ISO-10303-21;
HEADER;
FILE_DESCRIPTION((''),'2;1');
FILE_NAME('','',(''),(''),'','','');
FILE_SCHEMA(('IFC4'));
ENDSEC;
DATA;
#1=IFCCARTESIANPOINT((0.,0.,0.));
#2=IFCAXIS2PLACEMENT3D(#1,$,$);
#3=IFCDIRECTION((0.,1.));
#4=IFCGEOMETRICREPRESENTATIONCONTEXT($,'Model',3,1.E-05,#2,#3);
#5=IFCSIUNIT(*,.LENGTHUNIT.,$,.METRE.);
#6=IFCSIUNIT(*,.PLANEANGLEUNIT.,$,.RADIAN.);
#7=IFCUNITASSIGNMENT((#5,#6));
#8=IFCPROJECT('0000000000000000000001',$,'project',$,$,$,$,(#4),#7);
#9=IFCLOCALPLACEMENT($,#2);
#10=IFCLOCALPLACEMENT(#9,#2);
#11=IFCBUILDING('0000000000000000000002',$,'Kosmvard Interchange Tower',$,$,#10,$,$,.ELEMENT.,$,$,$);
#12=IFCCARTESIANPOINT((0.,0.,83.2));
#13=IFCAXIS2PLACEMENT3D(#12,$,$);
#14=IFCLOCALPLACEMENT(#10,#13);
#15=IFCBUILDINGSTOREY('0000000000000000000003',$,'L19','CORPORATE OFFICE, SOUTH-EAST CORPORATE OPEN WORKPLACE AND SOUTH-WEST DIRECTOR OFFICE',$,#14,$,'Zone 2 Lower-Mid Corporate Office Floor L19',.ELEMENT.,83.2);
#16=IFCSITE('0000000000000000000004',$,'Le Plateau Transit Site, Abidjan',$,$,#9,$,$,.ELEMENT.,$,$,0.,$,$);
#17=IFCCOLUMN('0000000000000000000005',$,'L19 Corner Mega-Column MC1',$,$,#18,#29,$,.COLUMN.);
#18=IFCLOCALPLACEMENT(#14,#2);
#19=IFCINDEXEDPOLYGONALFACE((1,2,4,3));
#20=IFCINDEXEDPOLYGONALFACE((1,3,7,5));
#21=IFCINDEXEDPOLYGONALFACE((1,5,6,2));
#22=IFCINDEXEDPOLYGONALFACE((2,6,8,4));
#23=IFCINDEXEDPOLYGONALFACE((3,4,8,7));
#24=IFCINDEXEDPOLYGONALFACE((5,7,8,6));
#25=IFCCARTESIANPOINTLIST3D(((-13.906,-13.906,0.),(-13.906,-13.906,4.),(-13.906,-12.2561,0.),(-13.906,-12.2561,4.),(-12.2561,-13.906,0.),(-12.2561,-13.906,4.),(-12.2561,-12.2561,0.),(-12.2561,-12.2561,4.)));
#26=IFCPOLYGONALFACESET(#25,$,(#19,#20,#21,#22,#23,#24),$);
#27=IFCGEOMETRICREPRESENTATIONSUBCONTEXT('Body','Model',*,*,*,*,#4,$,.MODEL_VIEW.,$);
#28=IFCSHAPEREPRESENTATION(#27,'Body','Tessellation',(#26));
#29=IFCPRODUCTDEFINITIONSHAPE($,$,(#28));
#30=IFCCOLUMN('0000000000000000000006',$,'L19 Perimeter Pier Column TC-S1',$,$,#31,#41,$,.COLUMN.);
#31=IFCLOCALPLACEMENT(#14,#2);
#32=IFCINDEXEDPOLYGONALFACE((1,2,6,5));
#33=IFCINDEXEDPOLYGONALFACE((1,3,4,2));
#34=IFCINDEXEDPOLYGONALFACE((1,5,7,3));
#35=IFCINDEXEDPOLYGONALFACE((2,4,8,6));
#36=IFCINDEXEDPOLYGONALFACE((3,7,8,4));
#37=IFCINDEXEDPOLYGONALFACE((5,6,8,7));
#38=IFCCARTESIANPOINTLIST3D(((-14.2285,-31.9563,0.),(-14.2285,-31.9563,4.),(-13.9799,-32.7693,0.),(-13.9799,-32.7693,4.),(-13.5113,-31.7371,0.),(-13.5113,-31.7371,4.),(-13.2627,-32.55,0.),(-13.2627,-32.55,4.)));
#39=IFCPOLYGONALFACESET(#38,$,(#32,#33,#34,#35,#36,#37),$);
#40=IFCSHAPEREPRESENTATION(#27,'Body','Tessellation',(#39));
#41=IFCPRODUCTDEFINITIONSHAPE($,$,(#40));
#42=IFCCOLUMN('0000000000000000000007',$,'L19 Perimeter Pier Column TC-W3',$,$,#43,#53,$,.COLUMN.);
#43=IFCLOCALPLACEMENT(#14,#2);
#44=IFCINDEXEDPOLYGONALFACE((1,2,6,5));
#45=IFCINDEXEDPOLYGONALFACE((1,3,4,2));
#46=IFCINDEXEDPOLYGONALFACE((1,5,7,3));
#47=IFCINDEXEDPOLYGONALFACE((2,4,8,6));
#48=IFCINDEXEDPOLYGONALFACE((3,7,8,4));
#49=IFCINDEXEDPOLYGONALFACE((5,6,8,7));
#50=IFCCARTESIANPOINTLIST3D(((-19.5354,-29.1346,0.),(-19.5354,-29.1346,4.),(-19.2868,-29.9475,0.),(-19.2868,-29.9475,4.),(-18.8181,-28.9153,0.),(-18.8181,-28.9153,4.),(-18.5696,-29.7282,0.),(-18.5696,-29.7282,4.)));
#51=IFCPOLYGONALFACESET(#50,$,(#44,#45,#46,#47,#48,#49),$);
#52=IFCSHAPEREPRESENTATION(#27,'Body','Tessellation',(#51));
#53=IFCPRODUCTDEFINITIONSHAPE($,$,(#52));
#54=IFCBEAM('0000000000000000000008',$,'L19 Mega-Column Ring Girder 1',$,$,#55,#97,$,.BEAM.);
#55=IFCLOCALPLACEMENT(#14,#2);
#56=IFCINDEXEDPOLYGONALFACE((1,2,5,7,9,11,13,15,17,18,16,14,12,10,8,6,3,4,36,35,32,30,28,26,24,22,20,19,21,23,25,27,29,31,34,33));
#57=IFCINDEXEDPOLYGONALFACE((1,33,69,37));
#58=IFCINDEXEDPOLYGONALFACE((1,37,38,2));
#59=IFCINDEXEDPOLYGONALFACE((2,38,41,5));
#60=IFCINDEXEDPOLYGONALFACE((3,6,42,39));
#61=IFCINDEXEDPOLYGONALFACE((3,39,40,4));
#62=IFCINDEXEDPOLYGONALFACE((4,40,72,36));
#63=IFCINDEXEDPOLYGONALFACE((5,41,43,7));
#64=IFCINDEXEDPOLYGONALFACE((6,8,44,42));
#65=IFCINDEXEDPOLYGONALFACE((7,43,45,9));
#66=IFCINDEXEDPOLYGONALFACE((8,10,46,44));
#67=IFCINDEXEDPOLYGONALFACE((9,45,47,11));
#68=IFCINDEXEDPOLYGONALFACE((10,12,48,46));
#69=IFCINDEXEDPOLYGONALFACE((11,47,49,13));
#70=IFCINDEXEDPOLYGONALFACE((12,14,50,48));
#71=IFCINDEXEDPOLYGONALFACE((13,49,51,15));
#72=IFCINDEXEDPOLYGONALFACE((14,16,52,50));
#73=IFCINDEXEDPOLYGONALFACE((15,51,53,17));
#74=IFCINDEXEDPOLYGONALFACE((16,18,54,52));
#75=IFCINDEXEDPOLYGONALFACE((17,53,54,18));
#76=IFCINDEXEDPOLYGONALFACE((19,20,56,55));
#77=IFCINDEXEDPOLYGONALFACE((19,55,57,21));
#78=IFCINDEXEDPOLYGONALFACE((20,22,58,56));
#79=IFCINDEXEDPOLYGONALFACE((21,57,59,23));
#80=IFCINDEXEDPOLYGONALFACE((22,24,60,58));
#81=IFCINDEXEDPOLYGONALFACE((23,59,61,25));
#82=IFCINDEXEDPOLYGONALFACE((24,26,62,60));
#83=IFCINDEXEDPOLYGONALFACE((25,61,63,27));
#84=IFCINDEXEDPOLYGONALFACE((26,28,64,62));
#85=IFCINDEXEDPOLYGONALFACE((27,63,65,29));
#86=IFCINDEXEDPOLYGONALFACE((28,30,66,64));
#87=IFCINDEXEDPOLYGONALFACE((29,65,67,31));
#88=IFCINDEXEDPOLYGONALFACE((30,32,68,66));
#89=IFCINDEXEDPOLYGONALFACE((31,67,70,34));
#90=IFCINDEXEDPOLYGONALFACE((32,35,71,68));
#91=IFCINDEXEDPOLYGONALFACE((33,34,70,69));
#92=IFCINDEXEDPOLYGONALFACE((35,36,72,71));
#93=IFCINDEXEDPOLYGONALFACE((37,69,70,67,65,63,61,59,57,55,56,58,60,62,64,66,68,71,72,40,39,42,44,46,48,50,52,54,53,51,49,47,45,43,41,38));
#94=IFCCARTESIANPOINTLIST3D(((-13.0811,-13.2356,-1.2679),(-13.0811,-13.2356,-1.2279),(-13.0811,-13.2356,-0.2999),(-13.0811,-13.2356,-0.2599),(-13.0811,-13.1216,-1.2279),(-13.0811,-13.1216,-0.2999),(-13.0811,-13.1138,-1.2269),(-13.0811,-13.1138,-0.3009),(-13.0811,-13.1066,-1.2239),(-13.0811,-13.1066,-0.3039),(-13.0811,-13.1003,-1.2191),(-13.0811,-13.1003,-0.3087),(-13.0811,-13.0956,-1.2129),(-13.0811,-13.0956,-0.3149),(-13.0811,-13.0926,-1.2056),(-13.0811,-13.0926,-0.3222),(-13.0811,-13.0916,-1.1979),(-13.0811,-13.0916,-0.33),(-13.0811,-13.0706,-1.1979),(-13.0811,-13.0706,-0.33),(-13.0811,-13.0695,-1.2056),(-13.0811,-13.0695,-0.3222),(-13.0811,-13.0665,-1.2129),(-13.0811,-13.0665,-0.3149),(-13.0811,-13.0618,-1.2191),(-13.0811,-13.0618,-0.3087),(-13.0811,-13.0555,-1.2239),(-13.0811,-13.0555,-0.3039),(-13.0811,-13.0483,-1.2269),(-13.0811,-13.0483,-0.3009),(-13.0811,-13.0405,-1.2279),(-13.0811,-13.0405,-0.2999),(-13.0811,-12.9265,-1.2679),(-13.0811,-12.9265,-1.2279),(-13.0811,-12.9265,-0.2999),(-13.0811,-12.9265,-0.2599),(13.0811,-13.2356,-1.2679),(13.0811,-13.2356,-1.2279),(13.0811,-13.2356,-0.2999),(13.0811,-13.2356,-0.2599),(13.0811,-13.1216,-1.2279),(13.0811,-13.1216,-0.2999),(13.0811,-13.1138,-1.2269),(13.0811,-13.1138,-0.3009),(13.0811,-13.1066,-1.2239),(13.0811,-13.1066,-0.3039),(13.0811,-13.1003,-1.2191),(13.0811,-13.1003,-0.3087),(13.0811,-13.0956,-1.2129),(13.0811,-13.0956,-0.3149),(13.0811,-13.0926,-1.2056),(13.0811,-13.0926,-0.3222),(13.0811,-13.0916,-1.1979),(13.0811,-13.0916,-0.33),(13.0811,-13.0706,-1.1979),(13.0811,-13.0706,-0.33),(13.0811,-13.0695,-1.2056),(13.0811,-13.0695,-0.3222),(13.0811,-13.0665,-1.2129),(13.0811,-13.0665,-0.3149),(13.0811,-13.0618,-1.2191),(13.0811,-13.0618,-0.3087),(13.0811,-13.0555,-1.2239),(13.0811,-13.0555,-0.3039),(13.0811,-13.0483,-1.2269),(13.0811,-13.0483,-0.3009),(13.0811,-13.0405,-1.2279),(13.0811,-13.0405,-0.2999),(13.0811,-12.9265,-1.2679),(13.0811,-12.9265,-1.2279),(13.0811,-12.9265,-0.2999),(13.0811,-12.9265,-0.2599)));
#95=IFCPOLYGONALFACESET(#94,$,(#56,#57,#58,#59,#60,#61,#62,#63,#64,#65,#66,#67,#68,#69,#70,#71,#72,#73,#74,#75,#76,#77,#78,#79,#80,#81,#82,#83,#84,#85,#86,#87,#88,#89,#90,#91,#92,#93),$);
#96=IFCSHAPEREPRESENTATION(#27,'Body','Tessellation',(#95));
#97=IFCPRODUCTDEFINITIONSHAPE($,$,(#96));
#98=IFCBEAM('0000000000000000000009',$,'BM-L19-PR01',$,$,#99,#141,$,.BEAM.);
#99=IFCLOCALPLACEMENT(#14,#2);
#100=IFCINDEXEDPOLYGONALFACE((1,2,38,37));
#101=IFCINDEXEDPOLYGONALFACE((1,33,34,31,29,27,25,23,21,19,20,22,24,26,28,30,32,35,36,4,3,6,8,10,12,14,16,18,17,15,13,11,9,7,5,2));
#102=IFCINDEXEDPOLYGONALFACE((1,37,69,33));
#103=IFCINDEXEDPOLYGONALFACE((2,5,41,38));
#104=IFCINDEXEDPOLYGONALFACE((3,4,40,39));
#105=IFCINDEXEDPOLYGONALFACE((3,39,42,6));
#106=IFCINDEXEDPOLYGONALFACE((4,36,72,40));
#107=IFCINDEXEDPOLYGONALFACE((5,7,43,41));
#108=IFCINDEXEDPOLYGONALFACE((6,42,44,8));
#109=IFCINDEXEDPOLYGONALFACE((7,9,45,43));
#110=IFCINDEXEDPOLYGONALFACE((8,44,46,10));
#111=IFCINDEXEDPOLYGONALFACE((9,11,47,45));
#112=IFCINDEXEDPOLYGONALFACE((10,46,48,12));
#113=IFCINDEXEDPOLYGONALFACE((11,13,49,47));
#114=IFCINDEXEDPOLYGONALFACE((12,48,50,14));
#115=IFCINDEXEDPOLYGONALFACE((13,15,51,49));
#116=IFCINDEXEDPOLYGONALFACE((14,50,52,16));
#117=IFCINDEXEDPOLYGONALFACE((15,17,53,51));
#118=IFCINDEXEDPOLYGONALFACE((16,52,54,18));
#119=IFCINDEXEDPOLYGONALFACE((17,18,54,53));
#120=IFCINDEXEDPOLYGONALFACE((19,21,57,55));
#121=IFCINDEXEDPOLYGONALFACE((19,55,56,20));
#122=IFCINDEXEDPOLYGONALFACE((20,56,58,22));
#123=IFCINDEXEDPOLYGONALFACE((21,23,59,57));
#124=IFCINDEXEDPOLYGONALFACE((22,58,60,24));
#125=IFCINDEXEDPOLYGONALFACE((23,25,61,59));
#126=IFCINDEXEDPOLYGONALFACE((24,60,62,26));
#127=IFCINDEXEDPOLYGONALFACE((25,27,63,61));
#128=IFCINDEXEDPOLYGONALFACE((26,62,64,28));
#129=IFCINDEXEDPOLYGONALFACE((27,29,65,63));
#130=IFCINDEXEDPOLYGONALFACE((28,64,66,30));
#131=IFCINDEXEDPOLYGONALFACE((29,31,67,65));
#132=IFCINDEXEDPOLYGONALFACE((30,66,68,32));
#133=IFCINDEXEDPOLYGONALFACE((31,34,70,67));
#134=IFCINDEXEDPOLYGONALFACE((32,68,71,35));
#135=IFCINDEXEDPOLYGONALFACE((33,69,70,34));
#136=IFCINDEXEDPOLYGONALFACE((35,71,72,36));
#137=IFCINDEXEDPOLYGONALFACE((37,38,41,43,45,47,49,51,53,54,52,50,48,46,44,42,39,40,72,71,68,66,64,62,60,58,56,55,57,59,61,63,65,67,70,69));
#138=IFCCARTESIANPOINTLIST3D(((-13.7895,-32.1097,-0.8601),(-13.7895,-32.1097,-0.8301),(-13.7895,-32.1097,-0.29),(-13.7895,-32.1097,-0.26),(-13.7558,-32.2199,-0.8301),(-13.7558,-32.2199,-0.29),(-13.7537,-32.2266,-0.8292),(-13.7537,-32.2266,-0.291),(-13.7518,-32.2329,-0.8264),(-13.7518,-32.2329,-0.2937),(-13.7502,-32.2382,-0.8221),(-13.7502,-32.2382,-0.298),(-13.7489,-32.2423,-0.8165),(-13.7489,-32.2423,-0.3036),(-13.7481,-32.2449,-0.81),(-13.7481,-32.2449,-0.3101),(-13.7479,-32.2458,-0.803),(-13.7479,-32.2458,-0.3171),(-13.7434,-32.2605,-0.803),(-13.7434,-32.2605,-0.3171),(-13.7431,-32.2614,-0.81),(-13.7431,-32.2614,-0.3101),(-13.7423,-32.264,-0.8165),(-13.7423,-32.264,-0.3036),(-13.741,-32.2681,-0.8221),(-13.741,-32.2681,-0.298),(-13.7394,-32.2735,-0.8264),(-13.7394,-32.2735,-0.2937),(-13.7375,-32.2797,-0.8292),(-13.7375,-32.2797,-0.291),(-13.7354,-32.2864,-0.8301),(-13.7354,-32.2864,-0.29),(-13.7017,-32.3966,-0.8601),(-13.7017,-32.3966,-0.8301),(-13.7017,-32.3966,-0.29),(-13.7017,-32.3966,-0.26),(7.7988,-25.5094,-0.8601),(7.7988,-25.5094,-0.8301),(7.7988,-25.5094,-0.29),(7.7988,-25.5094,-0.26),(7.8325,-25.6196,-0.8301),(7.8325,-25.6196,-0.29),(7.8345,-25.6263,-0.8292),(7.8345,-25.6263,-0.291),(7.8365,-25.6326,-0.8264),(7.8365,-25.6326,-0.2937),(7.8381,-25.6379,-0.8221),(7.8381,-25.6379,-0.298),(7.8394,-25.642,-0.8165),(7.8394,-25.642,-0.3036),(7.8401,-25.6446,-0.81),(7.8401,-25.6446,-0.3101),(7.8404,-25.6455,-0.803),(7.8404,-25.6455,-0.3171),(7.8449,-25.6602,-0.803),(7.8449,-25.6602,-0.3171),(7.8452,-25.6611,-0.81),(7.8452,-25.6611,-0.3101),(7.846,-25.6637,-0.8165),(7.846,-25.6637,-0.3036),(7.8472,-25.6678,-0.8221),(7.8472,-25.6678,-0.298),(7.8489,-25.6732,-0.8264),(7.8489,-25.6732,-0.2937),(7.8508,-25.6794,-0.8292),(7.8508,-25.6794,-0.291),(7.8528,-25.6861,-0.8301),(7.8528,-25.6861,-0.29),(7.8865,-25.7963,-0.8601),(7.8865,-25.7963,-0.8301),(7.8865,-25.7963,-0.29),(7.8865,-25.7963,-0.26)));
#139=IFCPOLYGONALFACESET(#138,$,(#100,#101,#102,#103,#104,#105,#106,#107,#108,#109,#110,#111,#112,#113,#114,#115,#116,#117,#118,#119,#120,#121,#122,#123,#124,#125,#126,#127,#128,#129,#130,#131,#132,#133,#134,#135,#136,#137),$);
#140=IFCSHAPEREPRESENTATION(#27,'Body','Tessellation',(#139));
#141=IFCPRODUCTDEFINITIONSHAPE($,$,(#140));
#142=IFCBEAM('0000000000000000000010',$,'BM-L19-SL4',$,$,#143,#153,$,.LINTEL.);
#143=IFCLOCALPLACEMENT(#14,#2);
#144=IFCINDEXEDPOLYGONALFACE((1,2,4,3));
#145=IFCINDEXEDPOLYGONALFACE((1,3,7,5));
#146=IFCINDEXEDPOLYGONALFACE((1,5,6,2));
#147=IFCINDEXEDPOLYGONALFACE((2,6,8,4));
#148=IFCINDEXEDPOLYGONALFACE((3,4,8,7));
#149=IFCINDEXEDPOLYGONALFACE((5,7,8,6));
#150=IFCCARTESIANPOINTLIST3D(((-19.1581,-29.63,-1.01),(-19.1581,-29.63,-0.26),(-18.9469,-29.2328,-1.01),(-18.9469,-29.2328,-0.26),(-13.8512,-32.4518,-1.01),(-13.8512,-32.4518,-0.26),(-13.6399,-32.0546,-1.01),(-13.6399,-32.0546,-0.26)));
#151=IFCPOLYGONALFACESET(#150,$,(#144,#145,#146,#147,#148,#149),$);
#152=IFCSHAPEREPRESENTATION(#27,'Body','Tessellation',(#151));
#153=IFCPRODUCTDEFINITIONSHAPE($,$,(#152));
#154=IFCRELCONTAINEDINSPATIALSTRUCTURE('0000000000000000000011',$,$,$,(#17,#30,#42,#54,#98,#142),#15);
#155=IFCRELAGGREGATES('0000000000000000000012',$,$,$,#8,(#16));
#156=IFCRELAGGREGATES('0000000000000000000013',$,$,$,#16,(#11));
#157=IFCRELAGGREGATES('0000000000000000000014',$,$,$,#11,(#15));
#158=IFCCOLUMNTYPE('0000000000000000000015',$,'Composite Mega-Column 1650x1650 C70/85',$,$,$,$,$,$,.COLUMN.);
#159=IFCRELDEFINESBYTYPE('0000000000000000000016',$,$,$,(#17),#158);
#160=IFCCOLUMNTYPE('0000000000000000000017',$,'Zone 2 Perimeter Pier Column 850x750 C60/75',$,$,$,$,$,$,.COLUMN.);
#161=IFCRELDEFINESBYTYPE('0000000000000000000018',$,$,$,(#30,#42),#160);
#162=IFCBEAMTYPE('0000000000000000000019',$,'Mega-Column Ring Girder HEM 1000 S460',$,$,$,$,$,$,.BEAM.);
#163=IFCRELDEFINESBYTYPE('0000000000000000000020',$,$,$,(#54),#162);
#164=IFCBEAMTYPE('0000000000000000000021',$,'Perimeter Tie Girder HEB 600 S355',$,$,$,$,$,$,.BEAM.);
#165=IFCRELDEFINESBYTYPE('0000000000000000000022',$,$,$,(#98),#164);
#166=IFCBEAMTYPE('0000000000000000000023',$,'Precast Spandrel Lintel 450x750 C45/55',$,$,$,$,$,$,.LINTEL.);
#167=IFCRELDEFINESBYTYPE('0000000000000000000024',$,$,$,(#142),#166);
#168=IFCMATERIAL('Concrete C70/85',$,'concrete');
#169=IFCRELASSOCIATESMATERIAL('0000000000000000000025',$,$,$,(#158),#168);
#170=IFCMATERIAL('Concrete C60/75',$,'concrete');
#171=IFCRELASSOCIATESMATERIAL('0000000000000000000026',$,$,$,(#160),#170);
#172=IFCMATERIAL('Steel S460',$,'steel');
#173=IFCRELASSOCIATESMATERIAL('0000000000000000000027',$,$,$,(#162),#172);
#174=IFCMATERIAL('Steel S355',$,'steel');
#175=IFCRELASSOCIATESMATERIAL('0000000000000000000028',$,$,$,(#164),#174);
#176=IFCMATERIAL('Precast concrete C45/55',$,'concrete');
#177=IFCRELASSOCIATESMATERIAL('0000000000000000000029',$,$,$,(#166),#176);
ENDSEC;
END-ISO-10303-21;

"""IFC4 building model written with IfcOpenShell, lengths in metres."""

from ifc_helpers import new_model, si_unit, direction, frame, origin, origin_2d, place, context, subcontext, project, spatial, rectangle, i_section, extrude, source, transform, mapped, material, material_profile, profile_set, type_object, element, save


model = new_model("IFC4")

# Units and contexts
model_context = context("Model", 3, precision=1e-05, world=origin(), true_north=direction((0.0, 1.0)))
body_context = subcontext(model_context, "Body", "Model", "MODEL_VIEW")
ifc_project = project(units=[si_unit("LENGTHUNIT", "METRE"), si_unit("PLANEANGLEUNIT", "RADIAN")], contexts=[model_context])

# Site, building, storey
site_placement = place(None, origin())
site = spatial("IfcSite", under=ifc_project, at=site_placement, Name="Le Plateau Transit Site, Abidjan", CompositionType="ELEMENT", RefElevation=0.0)
building_placement = place(site_placement, origin())
building = spatial("IfcBuilding", under=site, at=building_placement, Name="Kosmvard Interchange Tower", CompositionType="ELEMENT")
storey_placement = place(building_placement, frame((0.0, 0.0, 83.2)))
storey = spatial("IfcBuildingStorey", under=building, at=storey_placement, Name="L19", Description="CORPORATE OFFICE, SOUTH-EAST CORPORATE OPEN WORKPLACE AND SOUTH-WEST DIRECTOR OFFICE", LongName="Zone 2 Lower-Mid Corporate Office Floor L19", CompositionType="ELEMENT", Elevation=83.2)

# Columns
ifc_material_1 = material(Name="Concrete C70/85", Category="concrete")
ifc_material_profile_1 = material_profile(ifc_material_1, rectangle(XDim=1.6499, YDim=1.6499, at=origin_2d()), Name="MC 1650x1650")
ifc_profile_set_1 = profile_set([ifc_material_profile_1], Name="Concrete C70/85")
column_type_1 = type_object("IfcColumnType", Name="Composite Mega-Column 1650x1650 C70/85", PredefinedType="COLUMN", material=ifc_profile_set_1)
shared_shape_1 = source(origin(), body_context, "Body", "SweptSolid", [
    extrude(rectangle(XDim=1.6499, YDim=1.6499, at=origin_2d()), origin(), (0.0, 0.0, 1.0), 4.0),
])
column_placement = place(storey_placement, frame((-13.0811, -13.0811, 0.0), z_axis=(0.0, 0.0, 1.0), x_axis=(1.0, 0.0, 0.0)))
element("IfcColumn", 1, at=column_placement, inside=storey, type_object=column_type_1, Name="L19 Corner Mega-Column MC1", PredefinedType="COLUMN", context=body_context, shape_type="MappedRepresentation", body=[
    mapped(shared_shape_1, transform((0.0, 0.0, 0.0), scale=1.0)),
])
ifc_material_2 = material(Name="Concrete C60/75", Category="concrete")
ifc_material_profile_2 = material_profile(ifc_material_2, rectangle(XDim=0.75, YDim=0.8501, at=origin_2d()), Name="TC 850x750")
ifc_profile_set_2 = profile_set([ifc_material_profile_2], Name="Concrete C60/75")
column_type_2 = type_object("IfcColumnType", Name="Zone 2 Perimeter Pier Column 850x750 C60/75", PredefinedType="COLUMN", material=ifc_profile_set_2)
shared_shape_2 = source(origin(), body_context, "Body", "SweptSolid", [
    extrude(rectangle(XDim=0.75, YDim=0.8501, at=origin_2d()), origin(), (0.0, 0.0, 1.0), 4.0),
])
for number, where, z_axis, x_axis, name in (
    (2, (-13.7456, -32.2532, 0.0), (0.0, 0.0, 1.0), (0.956305, 0.292372, 0.0), "L19 Perimeter Pier Column TC-S1"),
    (3, (-19.0525, -29.4314, 0.0), (0.0, 0.0, 1.0), (0.956305, 0.292372, 0.0), "L19 Perimeter Pier Column TC-W3"),
):
    element("IfcColumn", number, at=place(storey_placement, frame(where, z_axis=z_axis, x_axis=x_axis)), inside=storey, type_object=column_type_2, Name=name, PredefinedType="COLUMN", context=body_context, shape_type="MappedRepresentation", body=[
        mapped(shared_shape_2, transform((0.0, 0.0, 0.0), scale=1.0)),
    ])

# Beams
ifc_material_3 = material(Name="Steel S460", Category="steel")
ifc_material_profile_3 = material_profile(ifc_material_3, i_section(OverallWidth=0.3091, OverallDepth=1.0081, WebThickness=0.021, FlangeThickness=0.04, FilletRadius=0.03, at=origin_2d()), Name="HEM 1000")
ifc_profile_set_3 = profile_set([ifc_material_profile_3], Name="Steel S460")
beam_type_1 = type_object("IfcBeamType", Name="Mega-Column Ring Girder HEM 1000 S460", PredefinedType="BEAM", material=ifc_profile_set_3)
shared_shape_3 = source(origin(), body_context, "Body", "SweptSolid", [
    extrude(i_section(OverallWidth=0.3091, OverallDepth=1.0081, WebThickness=0.021, FlangeThickness=0.04, FilletRadius=0.03, at=origin_2d()), origin(), (0.0, 0.0, 1.0), 26.1621),
])
beam_1_placement = place(storey_placement, frame((-13.0811, -13.0811, -0.7639), z_axis=(1.0, 0.0, 0.0), x_axis=(0.0, 1.0, 0.0)))
element("IfcBeam", 4, at=beam_1_placement, inside=storey, type_object=beam_type_1, Name="L19 Mega-Column Ring Girder 1", PredefinedType="BEAM", context=body_context, shape_type="MappedRepresentation", body=[
    mapped(shared_shape_3, transform((0.0, 0.0, 0.0), scale=1.0)),
])
ifc_material_4 = material(Name="Steel S355", Category="steel")
ifc_material_profile_4 = material_profile(ifc_material_4, i_section(OverallWidth=0.3, OverallDepth=0.6001, WebThickness=0.0154, FlangeThickness=0.03, FilletRadius=0.0271, at=origin_2d()), Name="HEB 600")
ifc_profile_set_4 = profile_set([ifc_material_profile_4], Name="Steel S355")
beam_type_2 = type_object("IfcBeamType", Name="Perimeter Tie Girder HEB 600 S355", PredefinedType="BEAM", material=ifc_profile_set_4)
shared_shape_4 = source(origin(), body_context, "Body", "SweptSolid", [
    extrude(i_section(OverallWidth=0.3, OverallDepth=0.6001, WebThickness=0.0154, FlangeThickness=0.03, FilletRadius=0.0271, at=origin_2d()), origin(), (0.0, 0.0, 1.0), 22.5747),
])
beam_2_placement = place(storey_placement, frame((-13.7456, -32.2532, -0.5601), z_axis=(0.956303, 0.292376, 0.0), x_axis=(-0.292376, 0.956303, 0.0)))
element("IfcBeam", 5, at=beam_2_placement, inside=storey, type_object=beam_type_2, Name="BM-L19-PR01", PredefinedType="BEAM", context=body_context, shape_type="MappedRepresentation", body=[
    mapped(shared_shape_4, transform((0.0, 0.0, 0.0), scale=1.0)),
])
ifc_material_5 = material(Name="Precast concrete C45/55", Category="concrete")
ifc_material_profile_5 = material_profile(ifc_material_5, rectangle(XDim=0.45, YDim=0.75, at=origin_2d()), Name="SL 450x750")
ifc_profile_set_5 = profile_set([ifc_material_profile_5], Name="Precast concrete C45/55")
beam_type_3 = type_object("IfcBeamType", Name="Precast Spandrel Lintel 450x750 C45/55", PredefinedType="LINTEL", material=ifc_profile_set_5)
shared_shape_5 = source(origin(), body_context, "Body", "SweptSolid", [
    extrude(rectangle(XDim=0.45, YDim=0.75, at=origin_2d()), origin(), (0.0, 0.0, 1.0), 6.0105),
])
beam_3_placement = place(storey_placement, frame((-19.0525, -29.4314, -0.635), z_axis=(0.882944, -0.469479, 0.0), x_axis=(0.469479, 0.882944, 0.0)))
element("IfcBeam", 6, at=beam_3_placement, inside=storey, type_object=beam_type_3, Name="BM-L19-SL4", PredefinedType="LINTEL", context=body_context, shape_type="MappedRepresentation", body=[
    mapped(shared_shape_5, transform((0.0, 0.0, 0.0), scale=1.0)),
])

save(model, "model.ifc")
